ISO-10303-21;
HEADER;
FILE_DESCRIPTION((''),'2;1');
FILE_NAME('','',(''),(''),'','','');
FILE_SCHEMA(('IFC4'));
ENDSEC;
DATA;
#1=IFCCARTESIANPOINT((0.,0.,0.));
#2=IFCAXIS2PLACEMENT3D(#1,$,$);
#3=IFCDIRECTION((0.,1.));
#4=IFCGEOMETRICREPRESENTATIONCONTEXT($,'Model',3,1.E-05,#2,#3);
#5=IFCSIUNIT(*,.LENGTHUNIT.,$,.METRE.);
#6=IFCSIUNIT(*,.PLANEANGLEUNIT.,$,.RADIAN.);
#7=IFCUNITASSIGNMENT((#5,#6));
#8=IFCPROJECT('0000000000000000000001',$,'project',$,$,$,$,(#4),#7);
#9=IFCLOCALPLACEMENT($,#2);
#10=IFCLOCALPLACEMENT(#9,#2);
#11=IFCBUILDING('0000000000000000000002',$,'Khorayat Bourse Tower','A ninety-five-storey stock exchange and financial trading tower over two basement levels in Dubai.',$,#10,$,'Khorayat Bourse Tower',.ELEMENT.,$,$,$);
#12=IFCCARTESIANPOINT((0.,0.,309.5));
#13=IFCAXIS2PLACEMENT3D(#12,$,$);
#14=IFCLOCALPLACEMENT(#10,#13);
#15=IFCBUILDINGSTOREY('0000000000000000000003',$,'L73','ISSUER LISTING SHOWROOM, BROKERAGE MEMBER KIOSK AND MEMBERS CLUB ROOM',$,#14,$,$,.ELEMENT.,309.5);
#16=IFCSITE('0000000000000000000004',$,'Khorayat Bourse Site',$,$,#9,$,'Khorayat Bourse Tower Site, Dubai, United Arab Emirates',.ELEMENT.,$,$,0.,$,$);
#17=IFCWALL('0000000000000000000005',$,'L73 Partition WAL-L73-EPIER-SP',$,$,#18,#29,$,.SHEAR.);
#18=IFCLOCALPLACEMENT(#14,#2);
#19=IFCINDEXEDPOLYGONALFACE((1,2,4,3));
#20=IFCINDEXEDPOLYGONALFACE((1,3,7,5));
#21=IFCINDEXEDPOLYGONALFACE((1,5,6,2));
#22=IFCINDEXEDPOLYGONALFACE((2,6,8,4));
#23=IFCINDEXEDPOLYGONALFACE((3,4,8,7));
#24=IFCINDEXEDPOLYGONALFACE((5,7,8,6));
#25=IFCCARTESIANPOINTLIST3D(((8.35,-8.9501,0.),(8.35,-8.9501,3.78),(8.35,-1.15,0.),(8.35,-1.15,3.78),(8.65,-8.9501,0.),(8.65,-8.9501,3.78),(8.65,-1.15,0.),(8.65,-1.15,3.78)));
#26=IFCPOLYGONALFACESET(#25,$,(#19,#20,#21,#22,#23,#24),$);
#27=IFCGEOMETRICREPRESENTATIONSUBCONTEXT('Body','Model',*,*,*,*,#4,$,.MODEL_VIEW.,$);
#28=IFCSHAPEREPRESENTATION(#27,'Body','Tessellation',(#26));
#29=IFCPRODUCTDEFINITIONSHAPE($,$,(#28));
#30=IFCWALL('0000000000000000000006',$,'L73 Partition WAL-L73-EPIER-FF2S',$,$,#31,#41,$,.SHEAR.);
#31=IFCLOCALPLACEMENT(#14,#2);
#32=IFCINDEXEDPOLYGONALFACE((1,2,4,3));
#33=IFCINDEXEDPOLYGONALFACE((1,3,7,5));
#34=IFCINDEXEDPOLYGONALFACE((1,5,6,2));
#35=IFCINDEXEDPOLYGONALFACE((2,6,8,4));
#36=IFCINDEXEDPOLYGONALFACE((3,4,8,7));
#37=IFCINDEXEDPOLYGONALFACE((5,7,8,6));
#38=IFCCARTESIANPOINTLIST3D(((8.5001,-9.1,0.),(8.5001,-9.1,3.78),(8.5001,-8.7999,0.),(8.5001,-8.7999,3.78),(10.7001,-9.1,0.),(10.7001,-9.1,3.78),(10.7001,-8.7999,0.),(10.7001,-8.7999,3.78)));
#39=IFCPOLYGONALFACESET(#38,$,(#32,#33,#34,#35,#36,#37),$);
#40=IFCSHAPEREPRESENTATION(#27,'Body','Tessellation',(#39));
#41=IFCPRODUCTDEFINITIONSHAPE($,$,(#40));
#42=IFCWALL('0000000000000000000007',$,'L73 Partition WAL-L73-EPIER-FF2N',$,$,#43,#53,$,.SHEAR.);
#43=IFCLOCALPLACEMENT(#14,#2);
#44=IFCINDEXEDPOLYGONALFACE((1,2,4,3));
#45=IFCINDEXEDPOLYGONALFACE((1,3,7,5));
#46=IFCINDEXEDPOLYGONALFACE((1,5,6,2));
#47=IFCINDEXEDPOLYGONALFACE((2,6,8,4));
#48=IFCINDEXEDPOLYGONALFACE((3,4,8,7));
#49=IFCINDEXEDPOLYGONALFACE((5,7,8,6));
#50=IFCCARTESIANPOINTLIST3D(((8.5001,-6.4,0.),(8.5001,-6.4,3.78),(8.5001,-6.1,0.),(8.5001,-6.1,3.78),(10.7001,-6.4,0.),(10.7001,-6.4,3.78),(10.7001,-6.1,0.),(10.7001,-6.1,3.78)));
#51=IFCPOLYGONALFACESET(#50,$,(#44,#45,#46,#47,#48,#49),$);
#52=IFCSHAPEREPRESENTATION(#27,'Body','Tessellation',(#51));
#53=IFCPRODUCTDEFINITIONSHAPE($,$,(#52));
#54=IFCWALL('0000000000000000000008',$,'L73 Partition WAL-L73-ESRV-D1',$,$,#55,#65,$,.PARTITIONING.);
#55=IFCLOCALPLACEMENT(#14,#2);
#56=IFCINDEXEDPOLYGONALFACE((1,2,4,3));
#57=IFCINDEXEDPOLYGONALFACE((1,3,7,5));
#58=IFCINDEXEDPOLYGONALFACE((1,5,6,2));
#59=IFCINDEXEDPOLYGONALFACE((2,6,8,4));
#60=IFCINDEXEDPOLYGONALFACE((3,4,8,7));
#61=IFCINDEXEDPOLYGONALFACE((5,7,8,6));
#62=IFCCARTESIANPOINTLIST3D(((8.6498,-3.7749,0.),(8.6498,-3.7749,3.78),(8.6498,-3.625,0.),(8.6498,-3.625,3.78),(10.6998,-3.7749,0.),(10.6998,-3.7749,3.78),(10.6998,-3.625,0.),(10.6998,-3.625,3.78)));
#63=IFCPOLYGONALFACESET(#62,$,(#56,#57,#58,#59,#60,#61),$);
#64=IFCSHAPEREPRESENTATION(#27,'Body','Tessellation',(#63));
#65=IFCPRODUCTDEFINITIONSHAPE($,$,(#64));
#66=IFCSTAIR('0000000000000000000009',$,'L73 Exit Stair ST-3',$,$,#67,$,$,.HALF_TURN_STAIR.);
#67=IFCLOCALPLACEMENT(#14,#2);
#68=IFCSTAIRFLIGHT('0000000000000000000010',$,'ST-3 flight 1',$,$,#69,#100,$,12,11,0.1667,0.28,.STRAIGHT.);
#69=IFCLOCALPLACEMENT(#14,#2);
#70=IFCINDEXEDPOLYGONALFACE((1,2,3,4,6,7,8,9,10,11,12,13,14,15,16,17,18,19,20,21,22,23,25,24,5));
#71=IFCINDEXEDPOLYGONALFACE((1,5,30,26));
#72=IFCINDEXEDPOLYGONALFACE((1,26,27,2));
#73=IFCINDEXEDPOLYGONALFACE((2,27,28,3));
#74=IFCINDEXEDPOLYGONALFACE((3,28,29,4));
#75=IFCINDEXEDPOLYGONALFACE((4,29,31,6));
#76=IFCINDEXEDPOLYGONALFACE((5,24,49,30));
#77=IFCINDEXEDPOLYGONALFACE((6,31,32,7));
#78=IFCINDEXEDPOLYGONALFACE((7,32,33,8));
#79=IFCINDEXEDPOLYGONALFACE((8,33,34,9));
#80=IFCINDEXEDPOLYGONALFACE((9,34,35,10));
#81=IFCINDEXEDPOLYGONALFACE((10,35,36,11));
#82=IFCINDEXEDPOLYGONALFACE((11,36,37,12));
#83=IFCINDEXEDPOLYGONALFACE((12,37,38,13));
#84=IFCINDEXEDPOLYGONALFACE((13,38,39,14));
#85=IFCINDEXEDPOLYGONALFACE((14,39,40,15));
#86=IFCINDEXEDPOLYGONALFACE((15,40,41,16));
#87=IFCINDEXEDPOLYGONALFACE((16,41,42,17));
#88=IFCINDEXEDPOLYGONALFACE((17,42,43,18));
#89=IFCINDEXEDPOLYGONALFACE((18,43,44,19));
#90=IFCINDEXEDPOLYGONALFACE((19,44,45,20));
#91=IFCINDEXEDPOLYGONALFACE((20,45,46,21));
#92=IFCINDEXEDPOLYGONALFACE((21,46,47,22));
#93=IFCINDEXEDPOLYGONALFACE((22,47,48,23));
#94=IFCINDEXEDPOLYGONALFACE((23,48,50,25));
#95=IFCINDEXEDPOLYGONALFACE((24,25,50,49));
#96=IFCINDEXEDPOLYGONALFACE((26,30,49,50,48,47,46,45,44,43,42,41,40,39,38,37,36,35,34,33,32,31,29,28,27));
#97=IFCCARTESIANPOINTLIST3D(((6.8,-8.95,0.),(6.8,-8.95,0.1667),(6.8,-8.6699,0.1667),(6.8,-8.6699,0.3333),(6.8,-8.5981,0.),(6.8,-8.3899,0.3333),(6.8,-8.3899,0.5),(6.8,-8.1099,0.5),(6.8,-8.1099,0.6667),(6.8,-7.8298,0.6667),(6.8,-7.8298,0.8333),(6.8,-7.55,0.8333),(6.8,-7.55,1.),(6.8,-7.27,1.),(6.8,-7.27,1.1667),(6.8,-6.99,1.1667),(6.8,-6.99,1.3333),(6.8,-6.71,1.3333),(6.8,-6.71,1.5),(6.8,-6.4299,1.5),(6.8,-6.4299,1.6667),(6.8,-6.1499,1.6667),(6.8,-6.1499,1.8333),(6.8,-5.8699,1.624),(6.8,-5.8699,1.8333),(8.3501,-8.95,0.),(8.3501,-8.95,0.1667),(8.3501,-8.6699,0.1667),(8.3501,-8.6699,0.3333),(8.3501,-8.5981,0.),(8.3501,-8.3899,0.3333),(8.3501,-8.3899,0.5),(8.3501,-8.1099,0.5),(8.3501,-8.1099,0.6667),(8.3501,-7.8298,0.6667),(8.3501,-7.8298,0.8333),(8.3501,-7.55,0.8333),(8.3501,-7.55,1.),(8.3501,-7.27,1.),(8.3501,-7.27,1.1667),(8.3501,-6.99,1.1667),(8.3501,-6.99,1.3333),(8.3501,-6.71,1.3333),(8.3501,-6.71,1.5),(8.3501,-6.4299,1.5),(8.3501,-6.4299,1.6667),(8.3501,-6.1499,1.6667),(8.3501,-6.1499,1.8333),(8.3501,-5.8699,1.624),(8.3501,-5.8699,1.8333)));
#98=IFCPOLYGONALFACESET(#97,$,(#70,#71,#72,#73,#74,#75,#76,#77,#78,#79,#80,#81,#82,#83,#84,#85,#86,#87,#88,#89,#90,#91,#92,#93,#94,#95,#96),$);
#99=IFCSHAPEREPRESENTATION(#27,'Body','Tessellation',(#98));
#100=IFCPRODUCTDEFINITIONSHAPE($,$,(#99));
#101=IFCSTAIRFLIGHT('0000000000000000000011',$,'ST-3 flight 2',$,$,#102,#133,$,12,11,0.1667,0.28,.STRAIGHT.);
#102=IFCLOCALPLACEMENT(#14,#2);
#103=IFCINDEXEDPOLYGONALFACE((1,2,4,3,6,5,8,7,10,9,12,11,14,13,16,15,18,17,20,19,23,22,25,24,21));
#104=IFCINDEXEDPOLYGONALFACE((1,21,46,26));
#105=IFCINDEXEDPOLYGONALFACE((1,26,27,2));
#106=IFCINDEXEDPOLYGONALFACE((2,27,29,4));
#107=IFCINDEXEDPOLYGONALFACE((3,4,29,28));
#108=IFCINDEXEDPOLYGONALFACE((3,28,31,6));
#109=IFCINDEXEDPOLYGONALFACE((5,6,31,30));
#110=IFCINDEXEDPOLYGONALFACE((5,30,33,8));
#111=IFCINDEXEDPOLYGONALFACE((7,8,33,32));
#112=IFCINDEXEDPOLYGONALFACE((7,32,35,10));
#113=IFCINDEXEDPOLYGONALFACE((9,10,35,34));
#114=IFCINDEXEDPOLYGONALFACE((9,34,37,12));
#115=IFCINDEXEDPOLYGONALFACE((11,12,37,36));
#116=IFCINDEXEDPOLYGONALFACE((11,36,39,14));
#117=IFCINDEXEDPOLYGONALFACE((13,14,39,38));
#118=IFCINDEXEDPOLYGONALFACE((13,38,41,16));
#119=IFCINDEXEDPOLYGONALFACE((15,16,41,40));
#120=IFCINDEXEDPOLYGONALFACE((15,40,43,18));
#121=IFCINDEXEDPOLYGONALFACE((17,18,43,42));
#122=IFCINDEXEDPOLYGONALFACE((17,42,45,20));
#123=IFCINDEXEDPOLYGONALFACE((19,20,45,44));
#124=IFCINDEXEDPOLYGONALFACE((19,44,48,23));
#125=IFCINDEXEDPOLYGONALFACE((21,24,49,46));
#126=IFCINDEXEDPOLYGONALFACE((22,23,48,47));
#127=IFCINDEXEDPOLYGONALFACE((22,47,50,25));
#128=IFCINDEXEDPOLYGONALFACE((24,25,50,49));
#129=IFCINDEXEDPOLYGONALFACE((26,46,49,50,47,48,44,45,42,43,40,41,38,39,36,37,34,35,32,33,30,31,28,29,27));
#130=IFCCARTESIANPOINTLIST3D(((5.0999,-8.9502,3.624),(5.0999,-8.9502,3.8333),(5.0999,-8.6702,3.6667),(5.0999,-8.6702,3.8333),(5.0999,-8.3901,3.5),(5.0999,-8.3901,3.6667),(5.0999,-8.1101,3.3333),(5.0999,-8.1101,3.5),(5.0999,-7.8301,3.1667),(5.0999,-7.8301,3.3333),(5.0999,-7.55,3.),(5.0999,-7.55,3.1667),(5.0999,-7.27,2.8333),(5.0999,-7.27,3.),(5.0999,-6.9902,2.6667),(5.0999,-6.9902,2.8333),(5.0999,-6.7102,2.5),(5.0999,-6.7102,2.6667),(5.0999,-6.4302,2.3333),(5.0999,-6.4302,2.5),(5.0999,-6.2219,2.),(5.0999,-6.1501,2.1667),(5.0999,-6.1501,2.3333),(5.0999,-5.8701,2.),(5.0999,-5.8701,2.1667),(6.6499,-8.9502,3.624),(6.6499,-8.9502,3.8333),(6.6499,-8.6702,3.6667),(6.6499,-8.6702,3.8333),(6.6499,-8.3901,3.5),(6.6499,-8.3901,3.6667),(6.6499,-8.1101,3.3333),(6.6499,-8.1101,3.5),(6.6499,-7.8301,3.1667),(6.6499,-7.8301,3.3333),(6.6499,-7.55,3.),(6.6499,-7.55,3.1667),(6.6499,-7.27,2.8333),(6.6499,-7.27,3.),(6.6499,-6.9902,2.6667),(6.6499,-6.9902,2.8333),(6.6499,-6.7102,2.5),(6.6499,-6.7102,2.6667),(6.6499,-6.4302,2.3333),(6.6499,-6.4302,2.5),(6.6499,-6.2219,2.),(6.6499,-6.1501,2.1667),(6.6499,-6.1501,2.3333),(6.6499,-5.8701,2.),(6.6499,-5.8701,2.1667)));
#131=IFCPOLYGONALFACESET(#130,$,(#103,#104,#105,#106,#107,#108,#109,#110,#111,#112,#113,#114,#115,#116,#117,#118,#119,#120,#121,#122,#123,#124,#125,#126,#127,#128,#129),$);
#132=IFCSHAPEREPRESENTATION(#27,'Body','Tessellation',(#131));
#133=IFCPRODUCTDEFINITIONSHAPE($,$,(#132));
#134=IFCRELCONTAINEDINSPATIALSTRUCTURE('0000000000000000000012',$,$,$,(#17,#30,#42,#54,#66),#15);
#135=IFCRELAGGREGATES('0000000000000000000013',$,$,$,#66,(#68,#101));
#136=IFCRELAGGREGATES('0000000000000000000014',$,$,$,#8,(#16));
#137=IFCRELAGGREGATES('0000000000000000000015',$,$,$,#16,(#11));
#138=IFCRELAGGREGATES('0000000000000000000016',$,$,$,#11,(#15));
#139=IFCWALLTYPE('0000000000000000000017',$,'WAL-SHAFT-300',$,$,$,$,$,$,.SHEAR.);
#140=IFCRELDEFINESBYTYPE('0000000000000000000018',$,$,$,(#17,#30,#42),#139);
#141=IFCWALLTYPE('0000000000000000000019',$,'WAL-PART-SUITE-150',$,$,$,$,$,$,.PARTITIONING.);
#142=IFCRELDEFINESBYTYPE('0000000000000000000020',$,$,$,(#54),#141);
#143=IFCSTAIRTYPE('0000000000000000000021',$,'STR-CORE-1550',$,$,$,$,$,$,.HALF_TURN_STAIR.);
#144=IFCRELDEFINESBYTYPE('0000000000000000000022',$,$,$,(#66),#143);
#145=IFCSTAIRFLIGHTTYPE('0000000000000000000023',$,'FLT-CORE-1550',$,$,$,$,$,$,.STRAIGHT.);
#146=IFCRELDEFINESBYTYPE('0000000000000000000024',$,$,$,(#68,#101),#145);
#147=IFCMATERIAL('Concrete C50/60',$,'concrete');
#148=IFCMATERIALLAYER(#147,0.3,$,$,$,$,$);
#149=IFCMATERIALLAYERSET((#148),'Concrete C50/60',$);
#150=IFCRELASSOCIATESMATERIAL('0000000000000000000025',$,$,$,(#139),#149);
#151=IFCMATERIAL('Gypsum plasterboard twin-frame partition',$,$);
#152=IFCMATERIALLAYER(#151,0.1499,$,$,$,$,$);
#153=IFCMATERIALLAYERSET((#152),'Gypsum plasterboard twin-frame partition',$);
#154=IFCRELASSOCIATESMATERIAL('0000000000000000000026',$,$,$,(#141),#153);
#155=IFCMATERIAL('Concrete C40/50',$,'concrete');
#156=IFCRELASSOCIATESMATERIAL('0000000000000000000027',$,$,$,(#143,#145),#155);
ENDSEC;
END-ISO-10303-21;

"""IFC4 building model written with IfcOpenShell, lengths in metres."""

from ifc_helpers import new_model, si_unit, direction, frame, frame_2d, origin, place, context, subcontext, project, spatial, polyline, rectangle, outline, extrude, source, transform, mapped, material, layer, layer_set, type_object, element, aggregate, save


model = new_model("IFC4")

# Units and contexts
model_context = context("Model", 3, precision=1e-05, world=origin(), true_north=direction((0.0, 1.0)))
body_context = subcontext(model_context, "Body", "Model", "MODEL_VIEW")
ifc_project = project(units=[si_unit("LENGTHUNIT", "METRE"), si_unit("PLANEANGLEUNIT", "RADIAN")], contexts=[model_context])

# Site, building, storey
site_placement = place(None, origin())
site = spatial("IfcSite", under=ifc_project, at=site_placement, Name="Khorayat Bourse Site", LongName="Khorayat Bourse Tower Site, Dubai, United Arab Emirates", CompositionType="ELEMENT", RefElevation=0.0)
building_placement = place(site_placement, origin())
building = spatial("IfcBuilding", under=site, at=building_placement, Name="Khorayat Bourse Tower", Description="A ninety-five-storey stock exchange and financial trading tower over two basement levels in Dubai.", LongName="Khorayat Bourse Tower", CompositionType="ELEMENT")
storey_placement = place(building_placement, frame((0.0, 0.0, 309.5)))
storey = spatial("IfcBuildingStorey", under=building, at=storey_placement, Name="L73", Description="ISSUER LISTING SHOWROOM, BROKERAGE MEMBER KIOSK AND MEMBERS CLUB ROOM", CompositionType="ELEMENT", Elevation=309.5)

# Walls
ifc_material_1 = material(Name="Concrete C50/60", Category="concrete")
ifc_layer_1 = layer(ifc_material_1, 0.3)
ifc_layer_set_1 = layer_set([ifc_layer_1], Name="Concrete C50/60")
wall_type_1 = type_object("IfcWallType", Name="WAL-SHAFT-300", PredefinedType="SHEAR", material=ifc_layer_set_1)
shared_shape_1 = source(origin(), body_context, "Body", "SweptSolid", [
    extrude(rectangle(XDim=7.8, YDim=0.3, at=frame_2d((3.8999, 0.0))), origin(), (0.0, 0.0, 1.0), 3.78),
])
wall_1_placement = place(storey_placement, frame((8.5, -8.95, 0.0), z_axis=(0.0, 0.0, 1.0), x_axis=(0.0, 1.0, 0.0)))
element("IfcWall", 1, at=wall_1_placement, inside=storey, type_object=wall_type_1, Name="L73 Partition WAL-L73-EPIER-SP", PredefinedType="SHEAR", context=body_context, shape_type="MappedRepresentation", body=[
    mapped(shared_shape_1, transform((0.0, 0.0, 0.0), scale=1.0)),
])
shared_shape_2 = source(origin(), body_context, "Body", "SweptSolid", [
    extrude(rectangle(XDim=2.2, YDim=0.3, at=frame_2d((1.1001, 0.0))), origin(), (0.0, 0.0, 1.0), 3.78),
])
for number, where, z_axis, x_axis, name in (
    (2, (8.5, -8.95, 0.0), (0.0, 0.0, 1.0), (1.0, 0.0, 0.0), "L73 Partition WAL-L73-EPIER-FF2S"),
    (3, (8.5, -6.25, 0.0), (0.0, 0.0, 1.0), (1.0, 0.0, 0.0), "L73 Partition WAL-L73-EPIER-FF2N"),
):
    element("IfcWall", number, at=place(storey_placement, frame(where, z_axis=z_axis, x_axis=x_axis)), inside=storey, type_object=wall_type_1, Name=name, PredefinedType="SHEAR", context=body_context, shape_type="MappedRepresentation", body=[
        mapped(shared_shape_2, transform((0.0, 0.0, 0.0), scale=1.0)),
    ])
ifc_material_2 = material(Name="Gypsum plasterboard twin-frame partition")
ifc_layer_2 = layer(ifc_material_2, 0.1499)
ifc_layer_set_2 = layer_set([ifc_layer_2], Name="Gypsum plasterboard twin-frame partition")
wall_type_2 = type_object("IfcWallType", Name="WAL-PART-SUITE-150", PredefinedType="PARTITIONING", material=ifc_layer_set_2)
shared_shape_3 = source(origin(), body_context, "Body", "SweptSolid", [
    extrude(rectangle(XDim=2.05, YDim=0.1499, at=frame_2d((1.0249, 0.0))), origin(), (0.0, 0.0, 1.0), 3.78),
])
wall_2_placement = place(storey_placement, frame((8.6499, -3.7, 0.0), z_axis=(0.0, 0.0, 1.0), x_axis=(1.0, 0.0, 0.0)))
element("IfcWall", 4, at=wall_2_placement, inside=storey, type_object=wall_type_2, Name="L73 Partition WAL-L73-ESRV-D1", PredefinedType="PARTITIONING", context=body_context, shape_type="MappedRepresentation", body=[
    mapped(shared_shape_3, transform((0.0, 0.0, 0.0), scale=1.0)),
])

# Stair, stair flights
ifc_material_3 = material(Name="Concrete C40/50", Category="concrete")
stair_type = type_object("IfcStairType", Name="STR-CORE-1550", PredefinedType="HALF_TURN_STAIR", material=ifc_material_3)
stair_placement = place(storey_placement, origin())
stair = element("IfcStair", 5, at=stair_placement, inside=storey, type_object=stair_type, Name="L73 Exit Stair ST-3", PredefinedType="HALF_TURN_STAIR")
stair_flight_type = type_object("IfcStairFlightType", Name="FLT-CORE-1550", PredefinedType="STRAIGHT", material=ifc_material_3)
shared_shape_4 = source(origin(), body_context, "Body", "SweptSolid", [
    extrude(outline(polyline([(0.0, 0.0), (0.0, 0.1667), (0.28, 0.1667), (0.28, 0.3333), (0.5601, 0.3333), (0.5601, 0.5), (0.8401, 0.5), (0.8401, 0.6667), (1.1201, 0.6667), (1.1201, 0.8333), (1.3999, 0.8333), (1.3999, 1.0), (1.6799, 1.0), (1.6799, 1.1667), (1.96, 1.1667), (1.96, 1.3333), (2.24, 1.3333), (2.24, 1.5), (2.52, 1.5), (2.52, 1.6667), (2.8, 1.6667), (2.8, 1.8333), (3.0801, 1.8333), (3.0801, 2.0), (3.0801, 1.624), (0.3518, 0.0), (0.0, 0.0)])), frame((0.0, 0.7749, 0.0), z_axis=(0.0, -1.0, 0.0), x_axis=(1.0, 0.0, 0.0)), (0.0, 0.0, 1.0), 1.55),
])
stair_flight_1_placement = place(storey_placement, frame((7.575, -8.95, 0.0), z_axis=(0.0, 0.0, 1.0), x_axis=(0.0, 1.0, 0.0)))
stair_flight_1 = element("IfcStairFlight", 6, at=stair_flight_1_placement, type_object=stair_flight_type, Name="ST-3 flight 1", NumberOfRisers=12, NumberOfTreads=11, PredefinedType="STRAIGHT", RiserHeight=0.1667, TreadLength=0.28, context=body_context, shape_type="MappedRepresentation", body=[
    mapped(shared_shape_4, transform((0.0, 0.0, 0.0), scale=1.0)),
])
stair_flight_2_placement = place(storey_placement, frame((5.875, -5.8701, 2.0), z_axis=(0.0, 0.0, 1.0), x_axis=(0.0, -1.0, 0.0)))
stair_flight_2 = element("IfcStairFlight", 7, at=stair_flight_2_placement, type_object=stair_flight_type, Name="ST-3 flight 2", NumberOfRisers=12, NumberOfTreads=11, PredefinedType="STRAIGHT", RiserHeight=0.1667, TreadLength=0.28, context=body_context, shape_type="MappedRepresentation", body=[
    mapped(shared_shape_4, transform((0.0, 0.0, 0.0), scale=1.0)),
])
aggregate(stair, [stair_flight_1, stair_flight_2])

save(model, "model.ifc")
